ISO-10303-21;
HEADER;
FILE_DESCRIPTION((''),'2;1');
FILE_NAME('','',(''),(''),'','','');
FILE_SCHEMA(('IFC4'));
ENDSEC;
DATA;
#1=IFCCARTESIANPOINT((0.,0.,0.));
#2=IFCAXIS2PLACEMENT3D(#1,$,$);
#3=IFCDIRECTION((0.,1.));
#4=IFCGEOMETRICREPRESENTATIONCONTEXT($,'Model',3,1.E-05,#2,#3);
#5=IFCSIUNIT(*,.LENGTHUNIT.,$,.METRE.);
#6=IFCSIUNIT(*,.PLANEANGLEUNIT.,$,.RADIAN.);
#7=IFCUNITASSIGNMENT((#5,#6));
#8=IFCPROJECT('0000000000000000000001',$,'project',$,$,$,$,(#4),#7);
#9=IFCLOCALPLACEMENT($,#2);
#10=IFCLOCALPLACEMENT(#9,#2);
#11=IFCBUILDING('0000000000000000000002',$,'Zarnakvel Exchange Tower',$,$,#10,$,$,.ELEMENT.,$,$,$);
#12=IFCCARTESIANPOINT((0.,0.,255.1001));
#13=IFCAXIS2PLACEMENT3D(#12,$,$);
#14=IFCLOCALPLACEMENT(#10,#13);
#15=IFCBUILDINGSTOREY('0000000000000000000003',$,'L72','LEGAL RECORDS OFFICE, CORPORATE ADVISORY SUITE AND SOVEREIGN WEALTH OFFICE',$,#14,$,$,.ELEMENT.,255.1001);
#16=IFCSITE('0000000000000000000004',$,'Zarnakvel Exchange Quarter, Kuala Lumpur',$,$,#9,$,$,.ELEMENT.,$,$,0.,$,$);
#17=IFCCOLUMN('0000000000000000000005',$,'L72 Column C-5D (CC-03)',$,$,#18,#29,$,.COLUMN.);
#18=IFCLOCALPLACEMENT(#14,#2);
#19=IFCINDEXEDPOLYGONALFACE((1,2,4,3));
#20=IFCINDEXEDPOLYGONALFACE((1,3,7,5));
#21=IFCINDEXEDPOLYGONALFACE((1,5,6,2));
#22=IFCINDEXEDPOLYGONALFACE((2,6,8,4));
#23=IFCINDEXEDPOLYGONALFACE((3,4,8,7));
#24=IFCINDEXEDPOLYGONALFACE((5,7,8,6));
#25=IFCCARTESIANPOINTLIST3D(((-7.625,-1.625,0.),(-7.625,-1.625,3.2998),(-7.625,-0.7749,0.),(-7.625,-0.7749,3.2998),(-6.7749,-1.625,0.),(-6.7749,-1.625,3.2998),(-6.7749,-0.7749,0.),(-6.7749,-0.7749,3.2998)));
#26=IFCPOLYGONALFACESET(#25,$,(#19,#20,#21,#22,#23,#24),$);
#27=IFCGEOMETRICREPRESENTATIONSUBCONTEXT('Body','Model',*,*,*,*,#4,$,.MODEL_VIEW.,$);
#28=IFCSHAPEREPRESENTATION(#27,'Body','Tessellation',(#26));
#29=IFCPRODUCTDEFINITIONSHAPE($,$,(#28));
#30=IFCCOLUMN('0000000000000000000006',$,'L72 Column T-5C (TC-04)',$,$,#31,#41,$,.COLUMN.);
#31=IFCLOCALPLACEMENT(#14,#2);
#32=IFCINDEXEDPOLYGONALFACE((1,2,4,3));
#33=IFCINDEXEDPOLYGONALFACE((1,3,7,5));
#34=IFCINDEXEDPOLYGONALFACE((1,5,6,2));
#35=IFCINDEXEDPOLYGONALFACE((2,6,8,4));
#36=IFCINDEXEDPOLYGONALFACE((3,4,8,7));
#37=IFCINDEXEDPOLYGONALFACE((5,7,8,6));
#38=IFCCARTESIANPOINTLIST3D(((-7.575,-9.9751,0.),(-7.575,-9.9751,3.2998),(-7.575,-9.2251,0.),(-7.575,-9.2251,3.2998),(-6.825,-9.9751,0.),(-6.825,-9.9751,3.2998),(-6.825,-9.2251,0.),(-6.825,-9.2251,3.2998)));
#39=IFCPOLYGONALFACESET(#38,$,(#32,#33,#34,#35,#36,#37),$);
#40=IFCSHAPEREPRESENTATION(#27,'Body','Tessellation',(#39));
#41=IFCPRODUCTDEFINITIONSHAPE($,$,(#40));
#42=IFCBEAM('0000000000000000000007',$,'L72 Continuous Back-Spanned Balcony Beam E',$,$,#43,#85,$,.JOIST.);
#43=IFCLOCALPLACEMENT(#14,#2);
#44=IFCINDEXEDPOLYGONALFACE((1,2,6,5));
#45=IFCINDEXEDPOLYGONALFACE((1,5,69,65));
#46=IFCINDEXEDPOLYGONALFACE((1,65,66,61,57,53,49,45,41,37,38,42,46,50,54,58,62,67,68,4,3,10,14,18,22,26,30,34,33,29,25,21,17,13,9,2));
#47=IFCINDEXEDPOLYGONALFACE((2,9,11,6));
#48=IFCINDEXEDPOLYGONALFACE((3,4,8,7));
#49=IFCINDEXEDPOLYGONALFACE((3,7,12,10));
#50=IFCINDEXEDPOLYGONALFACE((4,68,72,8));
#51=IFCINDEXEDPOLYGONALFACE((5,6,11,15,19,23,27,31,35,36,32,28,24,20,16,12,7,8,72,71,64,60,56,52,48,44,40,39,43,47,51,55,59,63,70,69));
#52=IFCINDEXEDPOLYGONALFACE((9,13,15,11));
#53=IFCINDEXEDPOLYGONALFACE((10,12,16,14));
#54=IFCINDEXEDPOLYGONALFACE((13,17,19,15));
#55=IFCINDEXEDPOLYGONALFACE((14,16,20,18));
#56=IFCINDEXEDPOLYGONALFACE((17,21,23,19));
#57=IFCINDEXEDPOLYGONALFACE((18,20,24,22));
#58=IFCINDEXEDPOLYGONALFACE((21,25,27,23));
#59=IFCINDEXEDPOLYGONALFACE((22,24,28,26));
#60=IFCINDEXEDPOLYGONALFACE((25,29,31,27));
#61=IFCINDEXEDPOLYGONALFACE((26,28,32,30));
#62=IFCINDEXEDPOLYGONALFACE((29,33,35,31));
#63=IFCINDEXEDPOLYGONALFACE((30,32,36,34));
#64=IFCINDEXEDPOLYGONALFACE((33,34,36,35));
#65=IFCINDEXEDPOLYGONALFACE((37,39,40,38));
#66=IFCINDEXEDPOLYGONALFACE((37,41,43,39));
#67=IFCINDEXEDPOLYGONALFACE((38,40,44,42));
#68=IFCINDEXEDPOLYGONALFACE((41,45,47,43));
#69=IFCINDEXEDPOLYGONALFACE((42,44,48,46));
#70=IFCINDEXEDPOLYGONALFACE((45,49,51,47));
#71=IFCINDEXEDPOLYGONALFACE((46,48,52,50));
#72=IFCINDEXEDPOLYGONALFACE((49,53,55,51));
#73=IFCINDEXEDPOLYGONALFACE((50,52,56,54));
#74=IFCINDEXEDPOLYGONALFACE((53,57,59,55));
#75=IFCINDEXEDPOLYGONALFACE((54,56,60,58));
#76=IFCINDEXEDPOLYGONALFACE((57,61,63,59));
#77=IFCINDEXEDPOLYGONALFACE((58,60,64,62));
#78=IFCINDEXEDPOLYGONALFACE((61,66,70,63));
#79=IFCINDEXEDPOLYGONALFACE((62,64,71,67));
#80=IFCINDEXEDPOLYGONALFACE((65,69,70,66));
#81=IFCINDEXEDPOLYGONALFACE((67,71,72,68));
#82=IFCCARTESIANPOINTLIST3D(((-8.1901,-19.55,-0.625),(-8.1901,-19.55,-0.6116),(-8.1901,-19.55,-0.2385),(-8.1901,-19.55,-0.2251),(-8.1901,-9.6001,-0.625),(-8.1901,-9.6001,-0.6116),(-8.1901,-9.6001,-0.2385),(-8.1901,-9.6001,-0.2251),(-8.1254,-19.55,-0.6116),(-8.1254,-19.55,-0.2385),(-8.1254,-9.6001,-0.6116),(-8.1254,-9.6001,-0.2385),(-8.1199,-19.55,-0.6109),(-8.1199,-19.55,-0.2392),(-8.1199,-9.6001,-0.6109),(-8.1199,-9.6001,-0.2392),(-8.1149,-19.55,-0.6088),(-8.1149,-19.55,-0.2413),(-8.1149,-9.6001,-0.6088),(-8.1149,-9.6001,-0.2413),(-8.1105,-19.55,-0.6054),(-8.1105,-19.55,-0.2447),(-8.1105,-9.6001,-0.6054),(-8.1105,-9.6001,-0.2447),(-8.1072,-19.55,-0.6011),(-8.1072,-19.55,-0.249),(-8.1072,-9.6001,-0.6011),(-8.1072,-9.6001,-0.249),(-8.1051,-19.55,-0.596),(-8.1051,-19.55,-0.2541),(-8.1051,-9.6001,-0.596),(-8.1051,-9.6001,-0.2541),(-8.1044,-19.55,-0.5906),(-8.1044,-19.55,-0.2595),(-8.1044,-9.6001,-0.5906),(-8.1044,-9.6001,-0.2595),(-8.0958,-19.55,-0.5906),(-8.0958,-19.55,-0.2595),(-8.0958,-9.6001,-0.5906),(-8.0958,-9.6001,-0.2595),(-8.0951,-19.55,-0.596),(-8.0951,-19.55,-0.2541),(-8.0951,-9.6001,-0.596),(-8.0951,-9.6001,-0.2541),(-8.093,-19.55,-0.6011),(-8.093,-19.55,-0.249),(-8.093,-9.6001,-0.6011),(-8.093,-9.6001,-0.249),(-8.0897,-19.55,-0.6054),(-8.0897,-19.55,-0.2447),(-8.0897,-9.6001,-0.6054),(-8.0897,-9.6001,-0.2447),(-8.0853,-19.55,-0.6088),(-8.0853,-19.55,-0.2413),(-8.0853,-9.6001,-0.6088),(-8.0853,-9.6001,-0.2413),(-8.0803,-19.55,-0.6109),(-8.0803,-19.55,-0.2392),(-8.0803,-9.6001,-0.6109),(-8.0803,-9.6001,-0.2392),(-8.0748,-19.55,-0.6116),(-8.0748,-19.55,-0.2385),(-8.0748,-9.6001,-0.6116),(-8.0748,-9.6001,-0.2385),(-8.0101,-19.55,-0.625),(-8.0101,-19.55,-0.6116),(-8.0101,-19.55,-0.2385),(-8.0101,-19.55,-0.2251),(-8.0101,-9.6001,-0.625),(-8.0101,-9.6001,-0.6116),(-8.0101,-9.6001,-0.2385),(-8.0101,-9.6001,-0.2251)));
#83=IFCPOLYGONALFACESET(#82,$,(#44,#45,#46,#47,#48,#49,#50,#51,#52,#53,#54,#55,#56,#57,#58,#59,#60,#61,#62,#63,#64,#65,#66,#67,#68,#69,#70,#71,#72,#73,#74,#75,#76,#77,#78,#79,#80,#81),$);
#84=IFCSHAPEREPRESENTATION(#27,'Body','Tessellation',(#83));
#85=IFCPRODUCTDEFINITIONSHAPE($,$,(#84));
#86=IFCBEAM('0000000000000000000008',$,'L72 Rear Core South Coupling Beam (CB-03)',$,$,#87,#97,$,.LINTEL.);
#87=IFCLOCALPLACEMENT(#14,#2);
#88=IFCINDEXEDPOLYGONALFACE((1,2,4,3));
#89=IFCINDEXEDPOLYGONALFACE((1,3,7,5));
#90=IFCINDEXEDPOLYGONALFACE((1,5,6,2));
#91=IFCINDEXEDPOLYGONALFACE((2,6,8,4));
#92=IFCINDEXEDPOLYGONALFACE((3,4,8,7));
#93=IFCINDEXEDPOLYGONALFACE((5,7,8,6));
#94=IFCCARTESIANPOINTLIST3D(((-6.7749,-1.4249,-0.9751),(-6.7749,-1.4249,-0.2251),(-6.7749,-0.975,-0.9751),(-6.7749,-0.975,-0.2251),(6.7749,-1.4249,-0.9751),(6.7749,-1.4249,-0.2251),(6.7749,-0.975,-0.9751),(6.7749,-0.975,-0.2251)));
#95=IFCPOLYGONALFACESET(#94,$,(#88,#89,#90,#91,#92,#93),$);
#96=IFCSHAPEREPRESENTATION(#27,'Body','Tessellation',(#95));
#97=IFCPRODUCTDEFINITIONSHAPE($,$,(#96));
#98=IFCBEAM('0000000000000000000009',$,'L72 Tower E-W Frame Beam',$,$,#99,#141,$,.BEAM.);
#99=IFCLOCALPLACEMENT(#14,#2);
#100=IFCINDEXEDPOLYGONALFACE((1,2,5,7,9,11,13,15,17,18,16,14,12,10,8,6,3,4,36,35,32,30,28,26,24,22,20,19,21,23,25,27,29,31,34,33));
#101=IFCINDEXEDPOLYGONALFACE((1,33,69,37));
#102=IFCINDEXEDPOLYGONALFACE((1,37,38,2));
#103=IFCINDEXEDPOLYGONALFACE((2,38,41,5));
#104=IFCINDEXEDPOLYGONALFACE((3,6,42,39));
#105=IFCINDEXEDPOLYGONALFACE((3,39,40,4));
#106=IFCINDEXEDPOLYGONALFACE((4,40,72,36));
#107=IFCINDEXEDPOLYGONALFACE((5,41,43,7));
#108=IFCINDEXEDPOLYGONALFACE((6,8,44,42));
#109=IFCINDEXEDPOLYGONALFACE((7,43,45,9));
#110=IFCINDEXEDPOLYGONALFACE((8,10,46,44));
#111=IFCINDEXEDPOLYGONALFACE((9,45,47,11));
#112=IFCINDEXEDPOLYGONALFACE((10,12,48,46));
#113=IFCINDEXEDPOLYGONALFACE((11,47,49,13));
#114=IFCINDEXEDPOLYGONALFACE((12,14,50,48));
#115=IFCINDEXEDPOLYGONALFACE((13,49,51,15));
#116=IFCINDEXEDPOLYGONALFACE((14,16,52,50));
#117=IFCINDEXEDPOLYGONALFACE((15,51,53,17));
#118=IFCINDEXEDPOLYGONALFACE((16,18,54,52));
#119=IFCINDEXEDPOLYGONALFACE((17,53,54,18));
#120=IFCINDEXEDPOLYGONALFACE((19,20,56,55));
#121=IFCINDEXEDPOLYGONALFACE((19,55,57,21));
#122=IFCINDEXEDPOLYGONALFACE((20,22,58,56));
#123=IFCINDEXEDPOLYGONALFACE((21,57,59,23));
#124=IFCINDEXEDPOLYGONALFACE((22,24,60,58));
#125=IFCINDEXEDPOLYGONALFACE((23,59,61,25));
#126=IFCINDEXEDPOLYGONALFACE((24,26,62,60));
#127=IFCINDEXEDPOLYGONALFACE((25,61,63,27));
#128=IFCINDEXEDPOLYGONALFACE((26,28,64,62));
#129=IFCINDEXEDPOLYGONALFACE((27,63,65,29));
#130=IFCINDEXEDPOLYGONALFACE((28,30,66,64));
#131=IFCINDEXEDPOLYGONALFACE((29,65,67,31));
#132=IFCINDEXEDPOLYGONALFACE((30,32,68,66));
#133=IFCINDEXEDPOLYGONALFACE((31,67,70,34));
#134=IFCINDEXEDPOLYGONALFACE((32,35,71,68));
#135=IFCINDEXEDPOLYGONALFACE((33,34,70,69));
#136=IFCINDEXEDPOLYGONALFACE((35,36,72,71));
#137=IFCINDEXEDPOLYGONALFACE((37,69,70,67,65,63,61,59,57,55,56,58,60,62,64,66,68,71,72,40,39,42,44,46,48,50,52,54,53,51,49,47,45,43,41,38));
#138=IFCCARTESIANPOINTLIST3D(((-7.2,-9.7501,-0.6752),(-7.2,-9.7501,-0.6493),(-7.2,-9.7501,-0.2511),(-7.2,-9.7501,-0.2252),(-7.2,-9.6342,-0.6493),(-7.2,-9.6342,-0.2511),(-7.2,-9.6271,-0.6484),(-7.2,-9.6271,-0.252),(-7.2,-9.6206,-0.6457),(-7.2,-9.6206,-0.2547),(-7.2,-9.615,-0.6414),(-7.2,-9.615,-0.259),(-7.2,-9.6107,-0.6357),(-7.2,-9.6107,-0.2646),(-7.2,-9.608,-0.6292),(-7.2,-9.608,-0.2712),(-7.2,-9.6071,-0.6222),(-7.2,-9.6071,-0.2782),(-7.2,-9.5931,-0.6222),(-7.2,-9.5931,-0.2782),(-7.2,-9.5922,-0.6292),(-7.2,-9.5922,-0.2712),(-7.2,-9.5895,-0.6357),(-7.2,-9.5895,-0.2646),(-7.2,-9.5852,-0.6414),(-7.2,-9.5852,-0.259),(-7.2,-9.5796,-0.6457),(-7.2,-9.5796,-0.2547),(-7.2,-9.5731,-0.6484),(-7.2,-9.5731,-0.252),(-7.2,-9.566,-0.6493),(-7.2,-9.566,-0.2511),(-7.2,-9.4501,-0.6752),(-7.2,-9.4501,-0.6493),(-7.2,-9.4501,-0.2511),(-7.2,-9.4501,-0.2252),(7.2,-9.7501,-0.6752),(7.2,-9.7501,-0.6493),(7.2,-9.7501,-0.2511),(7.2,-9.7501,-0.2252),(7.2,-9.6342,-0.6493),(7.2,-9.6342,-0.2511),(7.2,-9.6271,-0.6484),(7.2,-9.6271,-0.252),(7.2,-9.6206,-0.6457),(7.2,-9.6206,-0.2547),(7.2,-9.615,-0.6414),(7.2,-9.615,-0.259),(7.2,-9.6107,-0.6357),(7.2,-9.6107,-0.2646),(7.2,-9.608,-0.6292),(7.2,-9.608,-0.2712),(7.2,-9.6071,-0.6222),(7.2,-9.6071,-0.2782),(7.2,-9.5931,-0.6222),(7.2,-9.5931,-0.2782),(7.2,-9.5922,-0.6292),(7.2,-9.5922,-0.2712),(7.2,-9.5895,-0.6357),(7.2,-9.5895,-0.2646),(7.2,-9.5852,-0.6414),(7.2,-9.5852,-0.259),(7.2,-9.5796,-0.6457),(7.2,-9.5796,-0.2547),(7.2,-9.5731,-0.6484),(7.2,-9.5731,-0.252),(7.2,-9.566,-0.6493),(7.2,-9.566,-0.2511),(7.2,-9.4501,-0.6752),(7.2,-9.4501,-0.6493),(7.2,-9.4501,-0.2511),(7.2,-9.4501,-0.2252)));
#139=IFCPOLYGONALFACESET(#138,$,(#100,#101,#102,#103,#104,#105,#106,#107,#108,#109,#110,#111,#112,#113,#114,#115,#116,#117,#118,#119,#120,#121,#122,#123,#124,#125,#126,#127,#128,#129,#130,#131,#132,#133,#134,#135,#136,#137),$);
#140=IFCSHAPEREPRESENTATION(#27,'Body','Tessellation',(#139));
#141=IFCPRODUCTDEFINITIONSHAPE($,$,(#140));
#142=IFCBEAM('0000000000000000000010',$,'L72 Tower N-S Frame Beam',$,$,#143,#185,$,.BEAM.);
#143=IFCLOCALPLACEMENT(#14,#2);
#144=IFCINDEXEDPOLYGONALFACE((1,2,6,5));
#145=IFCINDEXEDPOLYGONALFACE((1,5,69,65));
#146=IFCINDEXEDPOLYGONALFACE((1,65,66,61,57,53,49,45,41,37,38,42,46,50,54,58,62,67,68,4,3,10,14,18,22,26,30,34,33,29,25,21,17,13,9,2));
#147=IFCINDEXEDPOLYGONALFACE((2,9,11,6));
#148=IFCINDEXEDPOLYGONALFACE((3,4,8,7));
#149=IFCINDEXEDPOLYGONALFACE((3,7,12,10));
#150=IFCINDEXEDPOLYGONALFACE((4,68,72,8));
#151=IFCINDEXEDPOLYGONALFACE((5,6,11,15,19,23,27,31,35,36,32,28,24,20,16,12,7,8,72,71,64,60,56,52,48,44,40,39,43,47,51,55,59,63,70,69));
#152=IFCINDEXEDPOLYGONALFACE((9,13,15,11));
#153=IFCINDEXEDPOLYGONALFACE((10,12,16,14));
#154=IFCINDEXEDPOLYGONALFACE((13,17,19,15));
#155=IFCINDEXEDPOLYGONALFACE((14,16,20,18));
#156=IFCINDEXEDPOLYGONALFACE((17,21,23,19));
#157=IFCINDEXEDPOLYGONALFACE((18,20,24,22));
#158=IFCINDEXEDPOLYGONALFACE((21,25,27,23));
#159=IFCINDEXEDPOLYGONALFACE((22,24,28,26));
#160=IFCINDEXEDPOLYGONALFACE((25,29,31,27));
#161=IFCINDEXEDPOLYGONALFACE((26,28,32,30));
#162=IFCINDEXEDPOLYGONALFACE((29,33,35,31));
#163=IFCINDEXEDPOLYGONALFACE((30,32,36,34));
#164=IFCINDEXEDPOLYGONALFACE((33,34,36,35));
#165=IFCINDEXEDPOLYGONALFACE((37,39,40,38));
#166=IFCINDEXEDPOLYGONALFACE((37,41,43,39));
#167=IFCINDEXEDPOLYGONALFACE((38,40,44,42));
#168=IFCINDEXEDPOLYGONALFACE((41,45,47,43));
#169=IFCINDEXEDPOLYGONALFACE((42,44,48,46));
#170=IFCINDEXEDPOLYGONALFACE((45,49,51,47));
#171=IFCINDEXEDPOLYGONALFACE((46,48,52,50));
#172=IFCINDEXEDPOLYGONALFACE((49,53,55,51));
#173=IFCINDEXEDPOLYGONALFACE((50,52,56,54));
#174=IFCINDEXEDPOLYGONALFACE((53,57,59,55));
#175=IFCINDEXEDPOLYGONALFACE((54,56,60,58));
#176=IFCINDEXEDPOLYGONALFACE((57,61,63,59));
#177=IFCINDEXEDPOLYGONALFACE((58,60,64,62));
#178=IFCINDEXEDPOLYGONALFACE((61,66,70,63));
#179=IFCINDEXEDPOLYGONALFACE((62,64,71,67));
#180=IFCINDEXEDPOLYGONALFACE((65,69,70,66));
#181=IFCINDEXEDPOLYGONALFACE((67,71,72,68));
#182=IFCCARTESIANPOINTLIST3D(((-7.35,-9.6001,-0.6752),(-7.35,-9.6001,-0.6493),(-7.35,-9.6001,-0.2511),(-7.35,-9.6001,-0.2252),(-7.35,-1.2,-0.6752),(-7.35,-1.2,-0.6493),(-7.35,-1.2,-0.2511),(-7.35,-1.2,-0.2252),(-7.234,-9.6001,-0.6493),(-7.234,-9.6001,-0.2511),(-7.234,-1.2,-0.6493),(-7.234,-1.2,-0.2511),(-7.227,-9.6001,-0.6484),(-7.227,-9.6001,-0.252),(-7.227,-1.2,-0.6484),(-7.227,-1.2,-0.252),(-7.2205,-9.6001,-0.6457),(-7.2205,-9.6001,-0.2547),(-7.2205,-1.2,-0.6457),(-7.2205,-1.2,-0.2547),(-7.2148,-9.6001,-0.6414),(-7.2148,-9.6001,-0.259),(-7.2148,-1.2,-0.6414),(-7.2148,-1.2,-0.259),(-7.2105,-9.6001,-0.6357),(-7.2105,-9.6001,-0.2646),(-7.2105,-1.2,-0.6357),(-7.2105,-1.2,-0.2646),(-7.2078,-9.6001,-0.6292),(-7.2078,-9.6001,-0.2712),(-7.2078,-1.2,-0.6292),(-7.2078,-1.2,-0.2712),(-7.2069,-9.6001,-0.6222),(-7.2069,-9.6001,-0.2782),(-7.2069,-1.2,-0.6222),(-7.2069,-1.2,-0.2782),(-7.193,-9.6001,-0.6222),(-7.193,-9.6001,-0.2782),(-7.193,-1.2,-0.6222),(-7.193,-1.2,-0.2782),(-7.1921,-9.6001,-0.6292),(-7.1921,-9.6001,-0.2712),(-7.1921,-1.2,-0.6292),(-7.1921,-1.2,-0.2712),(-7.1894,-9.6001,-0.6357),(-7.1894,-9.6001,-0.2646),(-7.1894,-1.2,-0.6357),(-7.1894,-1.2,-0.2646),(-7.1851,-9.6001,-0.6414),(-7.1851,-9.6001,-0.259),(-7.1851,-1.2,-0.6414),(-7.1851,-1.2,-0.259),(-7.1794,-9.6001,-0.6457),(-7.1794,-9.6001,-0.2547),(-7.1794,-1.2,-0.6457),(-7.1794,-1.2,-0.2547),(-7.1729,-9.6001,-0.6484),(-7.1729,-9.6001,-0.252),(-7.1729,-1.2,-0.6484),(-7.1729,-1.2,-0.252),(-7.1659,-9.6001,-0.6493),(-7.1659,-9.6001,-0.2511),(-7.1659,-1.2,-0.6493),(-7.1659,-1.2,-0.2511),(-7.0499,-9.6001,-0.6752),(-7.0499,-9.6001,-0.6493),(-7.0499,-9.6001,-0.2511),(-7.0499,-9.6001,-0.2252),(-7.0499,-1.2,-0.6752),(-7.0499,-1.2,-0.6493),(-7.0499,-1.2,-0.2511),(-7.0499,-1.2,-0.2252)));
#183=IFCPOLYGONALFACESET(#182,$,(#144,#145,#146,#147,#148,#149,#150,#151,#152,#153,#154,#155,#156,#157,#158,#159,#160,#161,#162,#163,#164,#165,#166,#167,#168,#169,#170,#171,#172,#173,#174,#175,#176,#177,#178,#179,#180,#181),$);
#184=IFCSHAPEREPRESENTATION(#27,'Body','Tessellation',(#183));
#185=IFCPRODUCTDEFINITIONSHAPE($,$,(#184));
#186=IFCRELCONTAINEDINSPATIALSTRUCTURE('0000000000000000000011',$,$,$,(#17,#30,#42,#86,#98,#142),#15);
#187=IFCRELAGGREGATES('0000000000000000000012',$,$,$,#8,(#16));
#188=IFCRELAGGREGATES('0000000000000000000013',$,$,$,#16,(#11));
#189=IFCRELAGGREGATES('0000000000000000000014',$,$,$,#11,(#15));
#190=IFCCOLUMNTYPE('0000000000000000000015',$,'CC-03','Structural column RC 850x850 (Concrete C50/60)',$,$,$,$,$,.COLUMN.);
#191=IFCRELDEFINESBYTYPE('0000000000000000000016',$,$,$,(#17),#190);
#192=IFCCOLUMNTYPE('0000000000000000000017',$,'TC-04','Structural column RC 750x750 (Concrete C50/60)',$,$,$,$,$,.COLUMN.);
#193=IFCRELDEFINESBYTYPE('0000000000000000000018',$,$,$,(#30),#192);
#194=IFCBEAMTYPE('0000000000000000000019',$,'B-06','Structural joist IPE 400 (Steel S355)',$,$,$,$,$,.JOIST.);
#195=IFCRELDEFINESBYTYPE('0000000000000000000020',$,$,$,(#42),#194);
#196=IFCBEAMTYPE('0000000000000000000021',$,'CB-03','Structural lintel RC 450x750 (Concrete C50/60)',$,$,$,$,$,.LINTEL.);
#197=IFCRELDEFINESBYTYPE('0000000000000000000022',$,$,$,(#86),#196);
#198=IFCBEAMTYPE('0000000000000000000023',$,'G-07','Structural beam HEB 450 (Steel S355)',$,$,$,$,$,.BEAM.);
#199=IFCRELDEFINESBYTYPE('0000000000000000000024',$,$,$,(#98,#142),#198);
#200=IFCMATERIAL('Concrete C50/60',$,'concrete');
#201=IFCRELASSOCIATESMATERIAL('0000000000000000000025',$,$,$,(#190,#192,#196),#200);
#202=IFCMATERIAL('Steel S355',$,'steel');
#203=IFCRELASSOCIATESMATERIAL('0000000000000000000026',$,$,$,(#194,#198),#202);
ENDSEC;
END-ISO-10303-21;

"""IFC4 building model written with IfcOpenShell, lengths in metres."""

from ifc_helpers import new_model, si_unit, direction, frame, origin, origin_2d, place, context, subcontext, project, spatial, rectangle, i_section, extrude, material, material_profile, profile_set, type_object, element, save


model = new_model("IFC4")

# Units and contexts
model_context = context("Model", 3, precision=1e-05, world=origin(), true_north=direction((0.0, 1.0)))
body_context = subcontext(model_context, "Body", "Model", "MODEL_VIEW")
ifc_project = project(units=[si_unit("LENGTHUNIT", "METRE"), si_unit("PLANEANGLEUNIT", "RADIAN")], contexts=[model_context])

# Site, building, storey
site_placement = place(None, origin())
site = spatial("IfcSite", under=ifc_project, at=site_placement, Name="Zarnakvel Exchange Quarter, Kuala Lumpur", CompositionType="ELEMENT", RefElevation=0.0)
building_placement = place(site_placement, origin())
building = spatial("IfcBuilding", under=site, at=building_placement, Name="Zarnakvel Exchange Tower", CompositionType="ELEMENT")
storey_placement = place(building_placement, frame((0.0, 0.0, 255.1001)))
storey = spatial("IfcBuildingStorey", under=building, at=storey_placement, Name="L72", Description="LEGAL RECORDS OFFICE, CORPORATE ADVISORY SUITE AND SOVEREIGN WEALTH OFFICE", CompositionType="ELEMENT", Elevation=255.1001)

# Columns
ifc_material_1 = material(Name="Concrete C50/60", Category="concrete")
ifc_material_profile_1 = material_profile(ifc_material_1, rectangle(XDim=0.8501, YDim=0.8501, at=origin_2d()))
ifc_profile_set_1 = profile_set([ifc_material_profile_1], Name="Concrete C50/60")
column_type_1 = type_object("IfcColumnType", Name="CC-03", Description="Structural column RC 850x850 (Concrete C50/60)", PredefinedType="COLUMN", material=ifc_profile_set_1)
column_1_placement = place(storey_placement, frame((-7.2, -1.2, 0.0), z_axis=(0.0, 0.0, 1.0), x_axis=(1.0, 0.0, 0.0)))
element("IfcColumn", 1, at=column_1_placement, inside=storey, type_object=column_type_1, Name="L72 Column C-5D (CC-03)", PredefinedType="COLUMN", context=body_context, shape_type="SweptSolid", body=[
    extrude(rectangle(XDim=0.8501, YDim=0.8501, at=origin_2d()), origin(), (0.0, 0.0, 1.0), 3.2998),
])
ifc_material_profile_2 = material_profile(ifc_material_1, rectangle(XDim=0.75, YDim=0.75, at=origin_2d()))
ifc_profile_set_2 = profile_set([ifc_material_profile_2], Name="Concrete C50/60")
column_type_2 = type_object("IfcColumnType", Name="TC-04", Description="Structural column RC 750x750 (Concrete C50/60)", PredefinedType="COLUMN", material=ifc_profile_set_2)
column_2_placement = place(storey_placement, frame((-7.2, -9.6001, 0.0), z_axis=(0.0, 0.0, 1.0), x_axis=(1.0, 0.0, 0.0)))
element("IfcColumn", 2, at=column_2_placement, inside=storey, type_object=column_type_2, Name="L72 Column T-5C (TC-04)", PredefinedType="COLUMN", context=body_context, shape_type="SweptSolid", body=[
    extrude(rectangle(XDim=0.75, YDim=0.75, at=origin_2d()), origin(), (0.0, 0.0, 1.0), 3.2998),
])

# Beams
ifc_material_2 = material(Name="Steel S355", Category="steel")
ifc_material_profile_3 = material_profile(ifc_material_2, i_section(OverallWidth=0.1799, OverallDepth=0.3999, WebThickness=0.0085, FlangeThickness=0.0134, FilletRadius=0.021, at=origin_2d()))
ifc_profile_set_3 = profile_set([ifc_material_profile_3], Name="Steel S355")
beam_type_1 = type_object("IfcBeamType", Name="B-06", Description="Structural joist IPE 400 (Steel S355)", PredefinedType="JOIST", material=ifc_profile_set_3)
beam_1_placement = place(storey_placement, frame((-8.1001, -9.6001, -0.425), z_axis=(0.0, -1.0, 0.0), x_axis=(1.0, 0.0, 0.0)))
element("IfcBeam", 3, at=beam_1_placement, inside=storey, type_object=beam_type_1, Name="L72 Continuous Back-Spanned Balcony Beam E", PredefinedType="JOIST", context=body_context, shape_type="SweptSolid", body=[
    extrude(i_section(OverallWidth=0.1799, OverallDepth=0.3999, WebThickness=0.0085, FlangeThickness=0.0134, FilletRadius=0.021, at=origin_2d()), origin(), (0.0, 0.0, 1.0), 9.95),
])
ifc_material_profile_4 = material_profile(ifc_material_1, rectangle(XDim=0.45, YDim=0.75, at=origin_2d()))
ifc_profile_set_4 = profile_set([ifc_material_profile_4], Name="Concrete C50/60")
beam_type_2 = type_object("IfcBeamType", Name="CB-03", Description="Structural lintel RC 450x750 (Concrete C50/60)", PredefinedType="LINTEL", material=ifc_profile_set_4)
beam_2_placement = place(storey_placement, frame((-6.7749, -1.2, -0.6001), z_axis=(1.0, 0.0, 0.0), x_axis=(0.0, 1.0, 0.0)))
element("IfcBeam", 4, at=beam_2_placement, inside=storey, type_object=beam_type_2, Name="L72 Rear Core South Coupling Beam (CB-03)", PredefinedType="LINTEL", context=body_context, shape_type="SweptSolid", body=[
    extrude(rectangle(XDim=0.45, YDim=0.75, at=origin_2d()), origin(), (0.0, 0.0, 1.0), 13.5498),
])
ifc_material_profile_5 = material_profile(ifc_material_2, i_section(OverallWidth=0.3, OverallDepth=0.45, WebThickness=0.0139, FlangeThickness=0.0259, FilletRadius=0.0271, at=origin_2d()))
ifc_profile_set_5 = profile_set([ifc_material_profile_5], Name="Steel S355")
beam_type_3 = type_object("IfcBeamType", Name="G-07", Description="Structural beam HEB 450 (Steel S355)", PredefinedType="BEAM", material=ifc_profile_set_5)
beam_3_placement = place(storey_placement, frame((-7.2, -9.6001, -0.4502), z_axis=(1.0, 0.0, 0.0), x_axis=(0.0, 1.0, 0.0)))
element("IfcBeam", 5, at=beam_3_placement, inside=storey, type_object=beam_type_3, Name="L72 Tower E-W Frame Beam", PredefinedType="BEAM", context=body_context, shape_type="SweptSolid", body=[
    extrude(i_section(OverallWidth=0.3, OverallDepth=0.45, WebThickness=0.0139, FlangeThickness=0.0259, FilletRadius=0.0271, at=origin_2d()), origin(), (0.0, 0.0, 1.0), 14.3999),
])
beam_4_placement = place(storey_placement, frame((-7.2, -9.6001, -0.4502), z_axis=(0.0, 1.0, 0.0), x_axis=(-1.0, 0.0, 0.0)))
element("IfcBeam", 6, at=beam_4_placement, inside=storey, type_object=beam_type_3, Name="L72 Tower N-S Frame Beam", PredefinedType="BEAM", context=body_context, shape_type="SweptSolid", body=[
    extrude(i_section(OverallWidth=0.3, OverallDepth=0.45, WebThickness=0.0139, FlangeThickness=0.0259, FilletRadius=0.0271, at=origin_2d()), origin(), (0.0, 0.0, 1.0), 8.4001),
])

save(model, "model.ifc")
